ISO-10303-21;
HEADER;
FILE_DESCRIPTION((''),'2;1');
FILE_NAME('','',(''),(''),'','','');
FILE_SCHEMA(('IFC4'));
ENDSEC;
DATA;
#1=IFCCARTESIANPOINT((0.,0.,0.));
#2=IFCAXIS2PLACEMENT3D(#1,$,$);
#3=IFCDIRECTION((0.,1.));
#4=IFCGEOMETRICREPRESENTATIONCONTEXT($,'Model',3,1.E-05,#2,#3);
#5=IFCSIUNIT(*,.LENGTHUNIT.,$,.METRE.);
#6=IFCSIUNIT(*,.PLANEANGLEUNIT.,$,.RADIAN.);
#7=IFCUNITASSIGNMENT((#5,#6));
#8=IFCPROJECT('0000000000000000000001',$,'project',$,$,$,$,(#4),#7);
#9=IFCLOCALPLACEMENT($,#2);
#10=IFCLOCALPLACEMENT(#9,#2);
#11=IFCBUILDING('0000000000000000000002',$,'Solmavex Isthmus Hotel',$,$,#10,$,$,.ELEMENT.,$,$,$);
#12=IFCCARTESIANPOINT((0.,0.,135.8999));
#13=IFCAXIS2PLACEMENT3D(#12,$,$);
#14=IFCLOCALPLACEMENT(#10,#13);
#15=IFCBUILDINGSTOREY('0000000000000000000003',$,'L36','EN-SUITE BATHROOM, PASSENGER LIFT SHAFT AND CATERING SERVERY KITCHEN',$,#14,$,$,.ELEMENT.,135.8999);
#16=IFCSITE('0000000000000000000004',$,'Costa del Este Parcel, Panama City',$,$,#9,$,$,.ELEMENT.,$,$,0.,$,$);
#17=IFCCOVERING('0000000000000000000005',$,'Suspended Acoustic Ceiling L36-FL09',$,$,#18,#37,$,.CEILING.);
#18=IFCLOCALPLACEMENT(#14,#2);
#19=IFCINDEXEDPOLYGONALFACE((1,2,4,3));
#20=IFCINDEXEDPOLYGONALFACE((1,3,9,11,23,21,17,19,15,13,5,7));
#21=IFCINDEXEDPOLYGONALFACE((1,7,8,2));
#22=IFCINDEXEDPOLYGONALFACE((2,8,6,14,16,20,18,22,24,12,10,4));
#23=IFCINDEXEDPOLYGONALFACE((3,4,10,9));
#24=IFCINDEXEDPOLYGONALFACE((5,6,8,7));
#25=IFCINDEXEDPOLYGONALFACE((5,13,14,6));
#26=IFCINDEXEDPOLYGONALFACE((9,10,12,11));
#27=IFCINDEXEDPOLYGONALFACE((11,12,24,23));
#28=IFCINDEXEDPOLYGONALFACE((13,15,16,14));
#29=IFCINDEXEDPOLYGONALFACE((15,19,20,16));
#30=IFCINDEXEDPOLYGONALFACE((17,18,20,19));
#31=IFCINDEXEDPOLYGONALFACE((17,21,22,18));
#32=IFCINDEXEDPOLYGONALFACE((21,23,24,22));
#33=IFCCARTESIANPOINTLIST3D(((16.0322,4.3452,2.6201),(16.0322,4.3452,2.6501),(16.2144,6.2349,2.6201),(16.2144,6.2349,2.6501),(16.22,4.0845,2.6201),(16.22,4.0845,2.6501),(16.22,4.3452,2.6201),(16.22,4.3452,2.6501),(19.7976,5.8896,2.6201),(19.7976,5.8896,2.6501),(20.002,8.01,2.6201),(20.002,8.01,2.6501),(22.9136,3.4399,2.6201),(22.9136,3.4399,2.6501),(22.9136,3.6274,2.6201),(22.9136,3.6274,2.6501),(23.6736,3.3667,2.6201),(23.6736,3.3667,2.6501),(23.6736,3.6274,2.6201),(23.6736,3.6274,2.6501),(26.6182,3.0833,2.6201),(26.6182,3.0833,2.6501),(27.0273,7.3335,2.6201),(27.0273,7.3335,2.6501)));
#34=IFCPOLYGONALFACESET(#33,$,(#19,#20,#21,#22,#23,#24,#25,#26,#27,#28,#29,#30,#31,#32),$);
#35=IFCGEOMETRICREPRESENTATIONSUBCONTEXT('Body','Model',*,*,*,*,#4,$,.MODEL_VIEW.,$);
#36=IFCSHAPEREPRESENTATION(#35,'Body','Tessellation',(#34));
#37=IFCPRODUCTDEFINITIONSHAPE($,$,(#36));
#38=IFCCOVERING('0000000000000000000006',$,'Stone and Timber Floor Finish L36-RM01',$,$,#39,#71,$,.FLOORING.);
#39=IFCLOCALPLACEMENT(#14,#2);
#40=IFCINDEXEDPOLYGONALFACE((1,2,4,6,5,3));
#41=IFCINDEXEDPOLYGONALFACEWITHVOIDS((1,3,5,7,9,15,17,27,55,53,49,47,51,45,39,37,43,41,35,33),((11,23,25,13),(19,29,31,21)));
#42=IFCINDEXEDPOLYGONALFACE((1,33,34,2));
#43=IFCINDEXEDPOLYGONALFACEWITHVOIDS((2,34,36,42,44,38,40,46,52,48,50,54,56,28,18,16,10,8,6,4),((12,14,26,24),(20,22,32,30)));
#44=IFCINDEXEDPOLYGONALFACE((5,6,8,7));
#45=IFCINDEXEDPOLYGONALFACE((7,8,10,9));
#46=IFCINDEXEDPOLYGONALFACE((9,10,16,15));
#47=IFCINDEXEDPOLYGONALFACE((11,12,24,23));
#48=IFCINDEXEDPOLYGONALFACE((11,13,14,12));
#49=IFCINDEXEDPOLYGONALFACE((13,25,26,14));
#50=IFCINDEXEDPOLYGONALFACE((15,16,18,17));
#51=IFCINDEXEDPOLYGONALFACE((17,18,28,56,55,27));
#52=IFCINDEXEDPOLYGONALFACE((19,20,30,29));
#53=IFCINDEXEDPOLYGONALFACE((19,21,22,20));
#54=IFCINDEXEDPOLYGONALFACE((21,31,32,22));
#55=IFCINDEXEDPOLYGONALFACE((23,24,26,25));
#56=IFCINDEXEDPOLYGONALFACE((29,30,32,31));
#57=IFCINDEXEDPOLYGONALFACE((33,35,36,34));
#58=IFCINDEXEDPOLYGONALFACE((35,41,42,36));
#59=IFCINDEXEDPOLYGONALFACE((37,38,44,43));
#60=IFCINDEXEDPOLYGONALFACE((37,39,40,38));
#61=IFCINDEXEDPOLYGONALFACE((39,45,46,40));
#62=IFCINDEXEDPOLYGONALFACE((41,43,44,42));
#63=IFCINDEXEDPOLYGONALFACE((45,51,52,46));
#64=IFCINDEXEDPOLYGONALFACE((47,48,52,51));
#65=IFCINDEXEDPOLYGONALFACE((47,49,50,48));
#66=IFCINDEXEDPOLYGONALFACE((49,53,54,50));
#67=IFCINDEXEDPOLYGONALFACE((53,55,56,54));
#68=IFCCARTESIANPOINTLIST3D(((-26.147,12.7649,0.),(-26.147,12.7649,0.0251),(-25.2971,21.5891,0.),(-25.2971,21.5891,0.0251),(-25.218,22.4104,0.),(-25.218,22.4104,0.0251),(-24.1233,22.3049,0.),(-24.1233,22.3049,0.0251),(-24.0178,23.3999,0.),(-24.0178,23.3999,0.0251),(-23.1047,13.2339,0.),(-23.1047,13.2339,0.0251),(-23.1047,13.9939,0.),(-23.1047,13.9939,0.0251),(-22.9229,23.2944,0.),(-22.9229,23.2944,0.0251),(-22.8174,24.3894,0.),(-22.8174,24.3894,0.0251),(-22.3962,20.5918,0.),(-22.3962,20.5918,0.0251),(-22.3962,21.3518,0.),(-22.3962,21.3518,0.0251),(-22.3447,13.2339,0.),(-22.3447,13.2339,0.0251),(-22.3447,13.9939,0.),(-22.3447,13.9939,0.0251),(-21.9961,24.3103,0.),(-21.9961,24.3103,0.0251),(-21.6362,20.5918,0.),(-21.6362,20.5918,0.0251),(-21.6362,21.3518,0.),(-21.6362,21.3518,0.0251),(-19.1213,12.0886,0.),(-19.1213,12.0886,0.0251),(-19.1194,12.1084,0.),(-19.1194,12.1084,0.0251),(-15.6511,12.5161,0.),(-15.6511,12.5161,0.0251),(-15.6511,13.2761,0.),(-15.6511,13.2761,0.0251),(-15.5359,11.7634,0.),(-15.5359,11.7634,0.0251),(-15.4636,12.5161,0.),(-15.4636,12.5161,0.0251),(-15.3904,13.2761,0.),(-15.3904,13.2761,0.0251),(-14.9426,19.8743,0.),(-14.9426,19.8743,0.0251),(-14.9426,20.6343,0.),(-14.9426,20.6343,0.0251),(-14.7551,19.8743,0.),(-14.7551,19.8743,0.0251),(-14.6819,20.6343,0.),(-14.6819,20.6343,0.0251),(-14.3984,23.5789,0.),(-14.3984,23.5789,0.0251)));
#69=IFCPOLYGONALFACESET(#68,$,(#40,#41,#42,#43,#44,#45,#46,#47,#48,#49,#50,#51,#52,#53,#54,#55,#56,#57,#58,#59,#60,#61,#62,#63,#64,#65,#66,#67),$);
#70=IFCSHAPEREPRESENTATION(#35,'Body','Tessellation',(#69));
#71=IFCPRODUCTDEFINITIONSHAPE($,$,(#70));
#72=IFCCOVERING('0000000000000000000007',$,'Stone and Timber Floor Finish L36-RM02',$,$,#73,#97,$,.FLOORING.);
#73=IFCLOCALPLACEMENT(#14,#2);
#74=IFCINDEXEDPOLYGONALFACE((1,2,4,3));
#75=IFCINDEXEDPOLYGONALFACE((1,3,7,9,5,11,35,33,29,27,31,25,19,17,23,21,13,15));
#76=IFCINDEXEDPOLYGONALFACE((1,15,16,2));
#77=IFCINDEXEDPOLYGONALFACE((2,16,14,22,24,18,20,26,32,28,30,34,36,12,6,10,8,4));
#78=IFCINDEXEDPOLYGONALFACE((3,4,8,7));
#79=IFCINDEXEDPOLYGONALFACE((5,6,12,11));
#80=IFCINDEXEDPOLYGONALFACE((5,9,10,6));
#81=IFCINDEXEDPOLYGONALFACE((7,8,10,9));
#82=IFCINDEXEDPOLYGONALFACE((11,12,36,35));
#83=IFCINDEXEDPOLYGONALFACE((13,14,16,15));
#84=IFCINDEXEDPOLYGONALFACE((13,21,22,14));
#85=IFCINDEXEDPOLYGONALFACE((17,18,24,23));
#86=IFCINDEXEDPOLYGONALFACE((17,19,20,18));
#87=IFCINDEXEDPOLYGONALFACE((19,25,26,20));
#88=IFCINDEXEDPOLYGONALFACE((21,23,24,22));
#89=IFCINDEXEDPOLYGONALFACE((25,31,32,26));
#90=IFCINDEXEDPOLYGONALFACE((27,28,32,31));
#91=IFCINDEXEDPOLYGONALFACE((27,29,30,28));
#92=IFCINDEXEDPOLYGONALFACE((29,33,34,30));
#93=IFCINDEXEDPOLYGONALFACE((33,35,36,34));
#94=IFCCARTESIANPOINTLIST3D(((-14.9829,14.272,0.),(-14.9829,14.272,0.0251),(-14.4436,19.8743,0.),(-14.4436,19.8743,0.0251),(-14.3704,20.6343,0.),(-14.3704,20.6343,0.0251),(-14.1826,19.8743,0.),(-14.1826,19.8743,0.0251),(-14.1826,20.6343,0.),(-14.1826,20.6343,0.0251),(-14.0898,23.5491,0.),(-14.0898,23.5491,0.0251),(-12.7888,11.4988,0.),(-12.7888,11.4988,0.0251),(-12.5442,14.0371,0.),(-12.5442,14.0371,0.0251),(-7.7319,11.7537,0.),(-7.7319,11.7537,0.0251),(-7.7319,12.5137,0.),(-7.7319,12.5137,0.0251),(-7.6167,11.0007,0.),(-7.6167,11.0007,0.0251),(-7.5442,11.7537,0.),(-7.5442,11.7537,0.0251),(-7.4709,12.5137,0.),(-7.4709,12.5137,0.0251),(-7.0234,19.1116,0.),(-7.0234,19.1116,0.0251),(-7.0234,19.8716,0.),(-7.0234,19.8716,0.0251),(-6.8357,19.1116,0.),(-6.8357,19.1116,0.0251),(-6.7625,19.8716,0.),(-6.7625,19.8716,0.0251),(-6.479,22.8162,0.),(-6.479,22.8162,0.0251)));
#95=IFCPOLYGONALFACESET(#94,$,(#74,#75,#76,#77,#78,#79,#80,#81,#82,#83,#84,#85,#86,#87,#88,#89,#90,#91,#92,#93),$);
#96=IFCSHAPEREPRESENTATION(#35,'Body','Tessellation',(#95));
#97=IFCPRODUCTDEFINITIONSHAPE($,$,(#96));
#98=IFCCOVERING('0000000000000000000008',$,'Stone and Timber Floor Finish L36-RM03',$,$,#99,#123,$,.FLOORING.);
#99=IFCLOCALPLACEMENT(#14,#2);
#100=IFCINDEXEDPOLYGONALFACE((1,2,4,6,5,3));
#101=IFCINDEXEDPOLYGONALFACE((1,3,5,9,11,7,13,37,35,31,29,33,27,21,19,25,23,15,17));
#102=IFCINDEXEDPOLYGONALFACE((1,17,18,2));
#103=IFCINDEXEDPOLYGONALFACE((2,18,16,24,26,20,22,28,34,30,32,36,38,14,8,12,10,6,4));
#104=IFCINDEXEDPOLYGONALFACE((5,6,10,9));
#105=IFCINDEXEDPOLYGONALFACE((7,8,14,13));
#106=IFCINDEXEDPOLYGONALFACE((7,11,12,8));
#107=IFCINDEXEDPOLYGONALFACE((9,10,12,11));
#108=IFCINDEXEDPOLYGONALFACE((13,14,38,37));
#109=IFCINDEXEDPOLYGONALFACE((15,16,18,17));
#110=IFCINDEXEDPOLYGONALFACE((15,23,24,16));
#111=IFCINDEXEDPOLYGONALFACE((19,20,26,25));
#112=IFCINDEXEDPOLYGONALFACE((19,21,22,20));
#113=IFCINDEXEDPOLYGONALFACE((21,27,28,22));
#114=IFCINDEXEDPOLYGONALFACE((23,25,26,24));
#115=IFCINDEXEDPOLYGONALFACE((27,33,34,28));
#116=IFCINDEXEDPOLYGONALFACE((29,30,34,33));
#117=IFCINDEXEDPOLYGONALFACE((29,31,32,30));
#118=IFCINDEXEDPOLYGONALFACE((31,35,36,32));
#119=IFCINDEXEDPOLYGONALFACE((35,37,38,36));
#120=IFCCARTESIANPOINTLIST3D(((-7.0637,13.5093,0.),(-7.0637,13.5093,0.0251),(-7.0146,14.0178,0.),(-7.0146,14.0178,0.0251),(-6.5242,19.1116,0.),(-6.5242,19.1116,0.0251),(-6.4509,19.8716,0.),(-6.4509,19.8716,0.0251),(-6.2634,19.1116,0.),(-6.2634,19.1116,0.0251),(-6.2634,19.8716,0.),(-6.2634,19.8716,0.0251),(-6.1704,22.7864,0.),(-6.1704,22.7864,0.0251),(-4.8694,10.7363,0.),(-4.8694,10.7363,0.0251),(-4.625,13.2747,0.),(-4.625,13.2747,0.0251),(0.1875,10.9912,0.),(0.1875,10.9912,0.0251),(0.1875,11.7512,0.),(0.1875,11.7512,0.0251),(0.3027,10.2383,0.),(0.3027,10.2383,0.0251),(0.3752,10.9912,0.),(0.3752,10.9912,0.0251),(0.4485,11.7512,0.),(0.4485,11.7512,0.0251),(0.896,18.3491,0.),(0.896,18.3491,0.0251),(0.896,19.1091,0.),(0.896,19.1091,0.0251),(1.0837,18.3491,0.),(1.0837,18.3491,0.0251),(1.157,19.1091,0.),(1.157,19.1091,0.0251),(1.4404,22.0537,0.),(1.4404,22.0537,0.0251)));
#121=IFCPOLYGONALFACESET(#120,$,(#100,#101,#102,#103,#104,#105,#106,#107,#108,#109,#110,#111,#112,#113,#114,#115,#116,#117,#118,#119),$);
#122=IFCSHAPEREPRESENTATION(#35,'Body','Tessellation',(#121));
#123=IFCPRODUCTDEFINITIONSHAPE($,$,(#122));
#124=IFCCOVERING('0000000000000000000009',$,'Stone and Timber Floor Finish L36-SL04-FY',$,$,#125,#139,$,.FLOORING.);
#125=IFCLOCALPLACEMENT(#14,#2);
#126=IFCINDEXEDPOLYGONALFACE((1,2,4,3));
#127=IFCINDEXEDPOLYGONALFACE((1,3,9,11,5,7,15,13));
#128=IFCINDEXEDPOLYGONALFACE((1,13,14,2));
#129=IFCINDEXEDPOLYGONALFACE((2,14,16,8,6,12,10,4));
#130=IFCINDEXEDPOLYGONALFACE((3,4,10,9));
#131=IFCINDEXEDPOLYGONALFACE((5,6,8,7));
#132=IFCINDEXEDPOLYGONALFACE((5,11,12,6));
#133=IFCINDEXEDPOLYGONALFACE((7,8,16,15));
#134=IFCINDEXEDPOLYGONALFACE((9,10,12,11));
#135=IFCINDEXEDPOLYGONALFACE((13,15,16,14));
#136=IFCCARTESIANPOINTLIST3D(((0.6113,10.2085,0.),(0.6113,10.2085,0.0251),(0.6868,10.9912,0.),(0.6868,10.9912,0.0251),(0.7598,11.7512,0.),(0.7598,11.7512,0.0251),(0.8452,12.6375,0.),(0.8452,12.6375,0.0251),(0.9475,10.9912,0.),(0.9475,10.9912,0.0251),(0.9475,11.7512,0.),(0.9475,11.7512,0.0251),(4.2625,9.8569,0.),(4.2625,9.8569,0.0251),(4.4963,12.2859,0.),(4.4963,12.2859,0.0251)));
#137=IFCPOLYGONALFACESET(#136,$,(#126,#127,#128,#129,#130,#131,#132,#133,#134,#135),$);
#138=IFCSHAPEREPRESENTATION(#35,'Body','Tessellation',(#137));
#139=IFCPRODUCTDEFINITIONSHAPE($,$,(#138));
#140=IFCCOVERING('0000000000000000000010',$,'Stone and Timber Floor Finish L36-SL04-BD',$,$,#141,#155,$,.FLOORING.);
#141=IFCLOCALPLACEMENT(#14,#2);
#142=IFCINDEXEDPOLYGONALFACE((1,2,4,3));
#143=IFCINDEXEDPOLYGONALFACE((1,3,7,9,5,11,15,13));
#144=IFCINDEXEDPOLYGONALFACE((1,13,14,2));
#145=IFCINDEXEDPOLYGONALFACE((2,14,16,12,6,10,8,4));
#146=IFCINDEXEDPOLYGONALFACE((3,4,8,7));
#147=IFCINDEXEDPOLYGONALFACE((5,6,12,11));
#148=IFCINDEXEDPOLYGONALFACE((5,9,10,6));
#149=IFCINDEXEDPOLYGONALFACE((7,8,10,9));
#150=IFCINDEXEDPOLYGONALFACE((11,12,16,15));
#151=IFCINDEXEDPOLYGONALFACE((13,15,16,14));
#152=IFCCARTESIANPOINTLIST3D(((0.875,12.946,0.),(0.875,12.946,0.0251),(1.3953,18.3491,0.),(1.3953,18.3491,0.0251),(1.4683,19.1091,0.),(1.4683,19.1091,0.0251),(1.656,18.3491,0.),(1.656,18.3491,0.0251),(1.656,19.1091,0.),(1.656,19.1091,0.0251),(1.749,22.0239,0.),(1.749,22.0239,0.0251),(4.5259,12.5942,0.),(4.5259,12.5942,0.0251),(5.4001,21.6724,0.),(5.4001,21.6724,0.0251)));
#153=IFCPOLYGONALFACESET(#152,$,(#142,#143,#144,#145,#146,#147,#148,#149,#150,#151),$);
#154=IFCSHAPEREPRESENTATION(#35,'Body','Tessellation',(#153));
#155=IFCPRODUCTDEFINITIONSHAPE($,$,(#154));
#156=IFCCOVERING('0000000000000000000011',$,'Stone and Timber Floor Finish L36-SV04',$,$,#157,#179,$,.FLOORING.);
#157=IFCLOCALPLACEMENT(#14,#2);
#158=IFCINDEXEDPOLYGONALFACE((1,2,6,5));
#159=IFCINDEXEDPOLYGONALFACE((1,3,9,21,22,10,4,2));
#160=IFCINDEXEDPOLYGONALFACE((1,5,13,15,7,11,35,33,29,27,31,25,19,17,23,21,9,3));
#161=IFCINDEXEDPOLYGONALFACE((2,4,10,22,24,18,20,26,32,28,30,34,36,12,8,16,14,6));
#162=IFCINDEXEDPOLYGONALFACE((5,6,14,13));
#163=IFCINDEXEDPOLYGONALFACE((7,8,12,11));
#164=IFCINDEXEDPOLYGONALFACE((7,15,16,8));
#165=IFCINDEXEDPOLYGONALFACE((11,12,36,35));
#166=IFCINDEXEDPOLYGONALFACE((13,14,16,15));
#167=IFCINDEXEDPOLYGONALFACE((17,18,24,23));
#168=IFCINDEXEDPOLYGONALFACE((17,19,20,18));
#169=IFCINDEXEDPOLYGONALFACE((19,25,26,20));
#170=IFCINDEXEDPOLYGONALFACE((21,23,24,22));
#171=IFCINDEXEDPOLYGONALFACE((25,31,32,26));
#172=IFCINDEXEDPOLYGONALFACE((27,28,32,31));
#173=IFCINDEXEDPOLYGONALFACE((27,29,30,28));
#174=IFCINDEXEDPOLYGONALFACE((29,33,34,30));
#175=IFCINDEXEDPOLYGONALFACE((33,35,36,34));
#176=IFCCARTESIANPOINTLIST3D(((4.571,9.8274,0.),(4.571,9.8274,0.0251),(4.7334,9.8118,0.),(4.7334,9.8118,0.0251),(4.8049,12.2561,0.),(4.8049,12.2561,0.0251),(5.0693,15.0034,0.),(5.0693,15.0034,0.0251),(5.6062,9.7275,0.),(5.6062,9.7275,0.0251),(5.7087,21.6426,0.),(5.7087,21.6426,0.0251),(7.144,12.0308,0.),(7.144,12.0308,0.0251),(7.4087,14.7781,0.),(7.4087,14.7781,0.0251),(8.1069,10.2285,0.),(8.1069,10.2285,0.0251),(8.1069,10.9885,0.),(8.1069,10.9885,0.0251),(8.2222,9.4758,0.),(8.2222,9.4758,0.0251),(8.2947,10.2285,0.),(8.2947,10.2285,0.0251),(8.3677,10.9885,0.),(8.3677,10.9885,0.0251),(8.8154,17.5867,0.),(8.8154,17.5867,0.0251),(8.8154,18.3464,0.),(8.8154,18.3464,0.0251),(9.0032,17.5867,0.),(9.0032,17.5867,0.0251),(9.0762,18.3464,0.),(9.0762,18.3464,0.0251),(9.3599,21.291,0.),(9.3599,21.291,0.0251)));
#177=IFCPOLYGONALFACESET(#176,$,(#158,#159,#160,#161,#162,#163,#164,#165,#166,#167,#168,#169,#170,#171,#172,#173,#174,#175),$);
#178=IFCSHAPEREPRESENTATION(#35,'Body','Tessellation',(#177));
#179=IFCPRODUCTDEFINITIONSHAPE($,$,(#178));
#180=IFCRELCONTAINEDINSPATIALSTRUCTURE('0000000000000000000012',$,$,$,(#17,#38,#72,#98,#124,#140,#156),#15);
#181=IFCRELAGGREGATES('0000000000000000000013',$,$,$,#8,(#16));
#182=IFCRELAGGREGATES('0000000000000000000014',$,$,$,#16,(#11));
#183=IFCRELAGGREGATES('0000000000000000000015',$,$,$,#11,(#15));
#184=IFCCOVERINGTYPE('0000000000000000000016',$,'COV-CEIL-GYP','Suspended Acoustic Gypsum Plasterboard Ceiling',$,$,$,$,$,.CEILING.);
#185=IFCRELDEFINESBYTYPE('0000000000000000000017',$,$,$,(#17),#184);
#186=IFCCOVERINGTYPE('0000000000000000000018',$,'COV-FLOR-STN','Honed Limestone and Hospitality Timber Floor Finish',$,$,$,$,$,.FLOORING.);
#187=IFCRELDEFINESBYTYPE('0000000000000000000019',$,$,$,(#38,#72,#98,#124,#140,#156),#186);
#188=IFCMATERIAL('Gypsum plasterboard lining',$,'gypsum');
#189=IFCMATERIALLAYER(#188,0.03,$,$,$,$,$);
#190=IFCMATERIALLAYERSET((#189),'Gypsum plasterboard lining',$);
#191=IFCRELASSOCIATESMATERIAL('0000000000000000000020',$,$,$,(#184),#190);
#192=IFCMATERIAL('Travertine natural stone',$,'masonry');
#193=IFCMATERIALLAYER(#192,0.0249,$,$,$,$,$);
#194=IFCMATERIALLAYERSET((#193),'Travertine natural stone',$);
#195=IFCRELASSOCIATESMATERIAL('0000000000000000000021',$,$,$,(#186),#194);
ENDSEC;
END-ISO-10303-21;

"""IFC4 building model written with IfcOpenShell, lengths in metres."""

from ifc_helpers import new_model, si_unit, direction, frame, origin, place, context, subcontext, project, spatial, polyline, outline, extrude, material, layer, layer_set, type_object, element, save


model = new_model("IFC4")

# Units and contexts
model_context = context("Model", 3, precision=1e-05, world=origin(), true_north=direction((0.0, 1.0)))
body_context = subcontext(model_context, "Body", "Model", "MODEL_VIEW")
ifc_project = project(units=[si_unit("LENGTHUNIT", "METRE"), si_unit("PLANEANGLEUNIT", "RADIAN")], contexts=[model_context])

# Site, building, storey
site_placement = place(None, origin())
site = spatial("IfcSite", under=ifc_project, at=site_placement, Name="Costa del Este Parcel, Panama City", CompositionType="ELEMENT", RefElevation=0.0)
building_placement = place(site_placement, origin())
building = spatial("IfcBuilding", under=site, at=building_placement, Name="Solmavex Isthmus Hotel", CompositionType="ELEMENT")
storey_placement = place(building_placement, frame((0.0, 0.0, 135.8999)))
storey = spatial("IfcBuildingStorey", under=building, at=storey_placement, Name="L36", Description="EN-SUITE BATHROOM, PASSENGER LIFT SHAFT AND CATERING SERVERY KITCHEN", CompositionType="ELEMENT", Elevation=135.8999)

# Shared definitions
ifc_material_1 = material(Name="Gypsum plasterboard lining", Category="gypsum")

# Coverings
ifc_layer_1 = layer(ifc_material_1, 0.03)
ifc_layer_set_1 = layer_set([ifc_layer_1], Name="Gypsum plasterboard lining")
covering_type_1 = type_object("IfcCoveringType", Name="COV-CEIL-GYP", Description="Suspended Acoustic Gypsum Plasterboard Ceiling", PredefinedType="CEILING", material=ifc_layer_set_1)
covering_1_placement = place(storey_placement, frame((0.0, 0.0, 2.6201)))
element("IfcCovering", 1, at=covering_1_placement, inside=storey, type_object=covering_type_1, Name="Suspended Acoustic Ceiling L36-FL09", PredefinedType="CEILING", context=body_context, shape_type="SweptSolid", body=[
    extrude(outline(polyline([(22.9136, 3.4399), (22.9136, 3.6274), (23.6736, 3.6274), (23.6736, 3.3667), (26.6182, 3.0833), (27.0273, 7.3335), (20.002, 8.01), (19.7976, 5.8896), (16.2144, 6.2349), (16.0322, 4.3452), (16.22, 4.3452), (16.22, 4.0845), (22.9136, 3.4399)])), origin(), (0.0, 0.0, 1.0), 0.03),
])
ifc_material_2 = material(Name="Travertine natural stone", Category="masonry")
ifc_layer_2 = layer(ifc_material_2, 0.0249)
ifc_layer_set_2 = layer_set([ifc_layer_2], Name="Travertine natural stone")
covering_type_2 = type_object("IfcCoveringType", Name="COV-FLOR-STN", Description="Honed Limestone and Hospitality Timber Floor Finish", PredefinedType="FLOORING", material=ifc_layer_set_2)
covering_2_placement = place(storey_placement, origin())
element("IfcCovering", 2, at=covering_2_placement, inside=storey, type_object=covering_type_2, Name="Stone and Timber Floor Finish L36-RM01", PredefinedType="FLOORING", context=body_context, shape_type="SweptSolid", body=[
    extrude(outline(polyline([(-19.1213, 12.0886), (-19.1194, 12.1084), (-15.5359, 11.7634), (-15.4636, 12.5161), (-15.6511, 12.5161), (-15.6511, 13.2761), (-15.3904, 13.2761), (-14.7551, 19.8743), (-14.9426, 19.8743), (-14.9426, 20.6343), (-14.6819, 20.6343), (-14.3984, 23.5789), (-21.9961, 24.3103), (-22.8174, 24.3894), (-22.9229, 23.2944), (-24.0178, 23.3999), (-24.1233, 22.3049), (-25.218, 22.4104), (-25.2971, 21.5891), (-26.147, 12.7649), (-19.1213, 12.0886)]), holes=[polyline([(-22.3962, 20.5918), (-22.3962, 21.3518), (-21.6362, 21.3518), (-21.6362, 20.5918), (-22.3962, 20.5918)]), polyline([(-23.1047, 13.2339), (-23.1047, 13.9939), (-22.3447, 13.9939), (-22.3447, 13.2339), (-23.1047, 13.2339)])]), origin(), (0.0, 0.0, 1.0), 0.0251),
])
covering_3_placement = place(storey_placement, origin())
element("IfcCovering", 3, at=covering_3_placement, inside=storey, type_object=covering_type_2, Name="Stone and Timber Floor Finish L36-RM02", PredefinedType="FLOORING", context=body_context, shape_type="SweptSolid", body=[
    extrude(outline(polyline([(-14.3704, 20.6343), (-14.1826, 20.6343), (-14.1826, 19.8743), (-14.4436, 19.8743), (-14.9829, 14.272), (-12.5442, 14.0371), (-12.7888, 11.4988), (-7.6167, 11.0007), (-7.5442, 11.7537), (-7.7319, 11.7537), (-7.7319, 12.5137), (-7.4709, 12.5137), (-6.8357, 19.1116), (-7.0234, 19.1116), (-7.0234, 19.8716), (-6.7625, 19.8716), (-6.479, 22.8162), (-14.0898, 23.5491), (-14.3704, 20.6343)])), origin(), (0.0, 0.0, 1.0), 0.0251),
])
covering_4_placement = place(storey_placement, origin())
element("IfcCovering", 4, at=covering_4_placement, inside=storey, type_object=covering_type_2, Name="Stone and Timber Floor Finish L36-RM03", PredefinedType="FLOORING", context=body_context, shape_type="SweptSolid", body=[
    extrude(outline(polyline([(-6.4509, 19.8716), (-6.2634, 19.8716), (-6.2634, 19.1116), (-6.5242, 19.1116), (-7.0146, 14.0178), (-7.0637, 13.5093), (-4.625, 13.2747), (-4.8694, 10.7363), (0.3027, 10.2383), (0.3752, 10.9912), (0.1875, 10.9912), (0.1875, 11.7512), (0.4485, 11.7512), (1.0837, 18.3491), (0.896, 18.3491), (0.896, 19.1091), (1.157, 19.1091), (1.4404, 22.0537), (-6.1704, 22.7864), (-6.4509, 19.8716)])), origin(), (0.0, 0.0, 1.0), 0.0251),
])
covering_5_placement = place(storey_placement, origin())
element("IfcCovering", 5, at=covering_5_placement, inside=storey, type_object=covering_type_2, Name="Stone and Timber Floor Finish L36-SL04-FY", PredefinedType="FLOORING", context=body_context, shape_type="SweptSolid", body=[
    extrude(outline(polyline([(0.7598, 11.7512), (0.9475, 11.7512), (0.9475, 10.9912), (0.6868, 10.9912), (0.6113, 10.2085), (4.2625, 9.8569), (4.4963, 12.2859), (0.8452, 12.6375), (0.7598, 11.7512)])), origin(), (0.0, 0.0, 1.0), 0.0251),
])
covering_6_placement = place(storey_placement, origin())
element("IfcCovering", 6, at=covering_6_placement, inside=storey, type_object=covering_type_2, Name="Stone and Timber Floor Finish L36-SL04-BD", PredefinedType="FLOORING", context=body_context, shape_type="SweptSolid", body=[
    extrude(outline(polyline([(1.4683, 19.1091), (1.656, 19.1091), (1.656, 18.3491), (1.3953, 18.3491), (0.875, 12.946), (4.5259, 12.5942), (5.4001, 21.6724), (1.749, 22.0239), (1.4683, 19.1091)])), origin(), (0.0, 0.0, 1.0), 0.0251),
])
covering_7_placement = place(storey_placement, origin())
element("IfcCovering", 7, at=covering_7_placement, inside=storey, type_object=covering_type_2, Name="Stone and Timber Floor Finish L36-SV04", PredefinedType="FLOORING", context=body_context, shape_type="SweptSolid", body=[
    extrude(outline(polyline([(5.0693, 15.0034), (7.4087, 14.7781), (7.144, 12.0308), (4.8049, 12.2561), (4.571, 9.8274), (4.7334, 9.8118), (5.6062, 9.7275), (8.2222, 9.4758), (8.2947, 10.2285), (8.1069, 10.2285), (8.1069, 10.9885), (8.3677, 10.9885), (9.0032, 17.5867), (8.8154, 17.5867), (8.8154, 18.3464), (9.0762, 18.3464), (9.3599, 21.291), (5.7087, 21.6426), (5.0693, 15.0034)])), origin(), (0.0, 0.0, 1.0), 0.0251),
])

save(model, "model.ifc")
